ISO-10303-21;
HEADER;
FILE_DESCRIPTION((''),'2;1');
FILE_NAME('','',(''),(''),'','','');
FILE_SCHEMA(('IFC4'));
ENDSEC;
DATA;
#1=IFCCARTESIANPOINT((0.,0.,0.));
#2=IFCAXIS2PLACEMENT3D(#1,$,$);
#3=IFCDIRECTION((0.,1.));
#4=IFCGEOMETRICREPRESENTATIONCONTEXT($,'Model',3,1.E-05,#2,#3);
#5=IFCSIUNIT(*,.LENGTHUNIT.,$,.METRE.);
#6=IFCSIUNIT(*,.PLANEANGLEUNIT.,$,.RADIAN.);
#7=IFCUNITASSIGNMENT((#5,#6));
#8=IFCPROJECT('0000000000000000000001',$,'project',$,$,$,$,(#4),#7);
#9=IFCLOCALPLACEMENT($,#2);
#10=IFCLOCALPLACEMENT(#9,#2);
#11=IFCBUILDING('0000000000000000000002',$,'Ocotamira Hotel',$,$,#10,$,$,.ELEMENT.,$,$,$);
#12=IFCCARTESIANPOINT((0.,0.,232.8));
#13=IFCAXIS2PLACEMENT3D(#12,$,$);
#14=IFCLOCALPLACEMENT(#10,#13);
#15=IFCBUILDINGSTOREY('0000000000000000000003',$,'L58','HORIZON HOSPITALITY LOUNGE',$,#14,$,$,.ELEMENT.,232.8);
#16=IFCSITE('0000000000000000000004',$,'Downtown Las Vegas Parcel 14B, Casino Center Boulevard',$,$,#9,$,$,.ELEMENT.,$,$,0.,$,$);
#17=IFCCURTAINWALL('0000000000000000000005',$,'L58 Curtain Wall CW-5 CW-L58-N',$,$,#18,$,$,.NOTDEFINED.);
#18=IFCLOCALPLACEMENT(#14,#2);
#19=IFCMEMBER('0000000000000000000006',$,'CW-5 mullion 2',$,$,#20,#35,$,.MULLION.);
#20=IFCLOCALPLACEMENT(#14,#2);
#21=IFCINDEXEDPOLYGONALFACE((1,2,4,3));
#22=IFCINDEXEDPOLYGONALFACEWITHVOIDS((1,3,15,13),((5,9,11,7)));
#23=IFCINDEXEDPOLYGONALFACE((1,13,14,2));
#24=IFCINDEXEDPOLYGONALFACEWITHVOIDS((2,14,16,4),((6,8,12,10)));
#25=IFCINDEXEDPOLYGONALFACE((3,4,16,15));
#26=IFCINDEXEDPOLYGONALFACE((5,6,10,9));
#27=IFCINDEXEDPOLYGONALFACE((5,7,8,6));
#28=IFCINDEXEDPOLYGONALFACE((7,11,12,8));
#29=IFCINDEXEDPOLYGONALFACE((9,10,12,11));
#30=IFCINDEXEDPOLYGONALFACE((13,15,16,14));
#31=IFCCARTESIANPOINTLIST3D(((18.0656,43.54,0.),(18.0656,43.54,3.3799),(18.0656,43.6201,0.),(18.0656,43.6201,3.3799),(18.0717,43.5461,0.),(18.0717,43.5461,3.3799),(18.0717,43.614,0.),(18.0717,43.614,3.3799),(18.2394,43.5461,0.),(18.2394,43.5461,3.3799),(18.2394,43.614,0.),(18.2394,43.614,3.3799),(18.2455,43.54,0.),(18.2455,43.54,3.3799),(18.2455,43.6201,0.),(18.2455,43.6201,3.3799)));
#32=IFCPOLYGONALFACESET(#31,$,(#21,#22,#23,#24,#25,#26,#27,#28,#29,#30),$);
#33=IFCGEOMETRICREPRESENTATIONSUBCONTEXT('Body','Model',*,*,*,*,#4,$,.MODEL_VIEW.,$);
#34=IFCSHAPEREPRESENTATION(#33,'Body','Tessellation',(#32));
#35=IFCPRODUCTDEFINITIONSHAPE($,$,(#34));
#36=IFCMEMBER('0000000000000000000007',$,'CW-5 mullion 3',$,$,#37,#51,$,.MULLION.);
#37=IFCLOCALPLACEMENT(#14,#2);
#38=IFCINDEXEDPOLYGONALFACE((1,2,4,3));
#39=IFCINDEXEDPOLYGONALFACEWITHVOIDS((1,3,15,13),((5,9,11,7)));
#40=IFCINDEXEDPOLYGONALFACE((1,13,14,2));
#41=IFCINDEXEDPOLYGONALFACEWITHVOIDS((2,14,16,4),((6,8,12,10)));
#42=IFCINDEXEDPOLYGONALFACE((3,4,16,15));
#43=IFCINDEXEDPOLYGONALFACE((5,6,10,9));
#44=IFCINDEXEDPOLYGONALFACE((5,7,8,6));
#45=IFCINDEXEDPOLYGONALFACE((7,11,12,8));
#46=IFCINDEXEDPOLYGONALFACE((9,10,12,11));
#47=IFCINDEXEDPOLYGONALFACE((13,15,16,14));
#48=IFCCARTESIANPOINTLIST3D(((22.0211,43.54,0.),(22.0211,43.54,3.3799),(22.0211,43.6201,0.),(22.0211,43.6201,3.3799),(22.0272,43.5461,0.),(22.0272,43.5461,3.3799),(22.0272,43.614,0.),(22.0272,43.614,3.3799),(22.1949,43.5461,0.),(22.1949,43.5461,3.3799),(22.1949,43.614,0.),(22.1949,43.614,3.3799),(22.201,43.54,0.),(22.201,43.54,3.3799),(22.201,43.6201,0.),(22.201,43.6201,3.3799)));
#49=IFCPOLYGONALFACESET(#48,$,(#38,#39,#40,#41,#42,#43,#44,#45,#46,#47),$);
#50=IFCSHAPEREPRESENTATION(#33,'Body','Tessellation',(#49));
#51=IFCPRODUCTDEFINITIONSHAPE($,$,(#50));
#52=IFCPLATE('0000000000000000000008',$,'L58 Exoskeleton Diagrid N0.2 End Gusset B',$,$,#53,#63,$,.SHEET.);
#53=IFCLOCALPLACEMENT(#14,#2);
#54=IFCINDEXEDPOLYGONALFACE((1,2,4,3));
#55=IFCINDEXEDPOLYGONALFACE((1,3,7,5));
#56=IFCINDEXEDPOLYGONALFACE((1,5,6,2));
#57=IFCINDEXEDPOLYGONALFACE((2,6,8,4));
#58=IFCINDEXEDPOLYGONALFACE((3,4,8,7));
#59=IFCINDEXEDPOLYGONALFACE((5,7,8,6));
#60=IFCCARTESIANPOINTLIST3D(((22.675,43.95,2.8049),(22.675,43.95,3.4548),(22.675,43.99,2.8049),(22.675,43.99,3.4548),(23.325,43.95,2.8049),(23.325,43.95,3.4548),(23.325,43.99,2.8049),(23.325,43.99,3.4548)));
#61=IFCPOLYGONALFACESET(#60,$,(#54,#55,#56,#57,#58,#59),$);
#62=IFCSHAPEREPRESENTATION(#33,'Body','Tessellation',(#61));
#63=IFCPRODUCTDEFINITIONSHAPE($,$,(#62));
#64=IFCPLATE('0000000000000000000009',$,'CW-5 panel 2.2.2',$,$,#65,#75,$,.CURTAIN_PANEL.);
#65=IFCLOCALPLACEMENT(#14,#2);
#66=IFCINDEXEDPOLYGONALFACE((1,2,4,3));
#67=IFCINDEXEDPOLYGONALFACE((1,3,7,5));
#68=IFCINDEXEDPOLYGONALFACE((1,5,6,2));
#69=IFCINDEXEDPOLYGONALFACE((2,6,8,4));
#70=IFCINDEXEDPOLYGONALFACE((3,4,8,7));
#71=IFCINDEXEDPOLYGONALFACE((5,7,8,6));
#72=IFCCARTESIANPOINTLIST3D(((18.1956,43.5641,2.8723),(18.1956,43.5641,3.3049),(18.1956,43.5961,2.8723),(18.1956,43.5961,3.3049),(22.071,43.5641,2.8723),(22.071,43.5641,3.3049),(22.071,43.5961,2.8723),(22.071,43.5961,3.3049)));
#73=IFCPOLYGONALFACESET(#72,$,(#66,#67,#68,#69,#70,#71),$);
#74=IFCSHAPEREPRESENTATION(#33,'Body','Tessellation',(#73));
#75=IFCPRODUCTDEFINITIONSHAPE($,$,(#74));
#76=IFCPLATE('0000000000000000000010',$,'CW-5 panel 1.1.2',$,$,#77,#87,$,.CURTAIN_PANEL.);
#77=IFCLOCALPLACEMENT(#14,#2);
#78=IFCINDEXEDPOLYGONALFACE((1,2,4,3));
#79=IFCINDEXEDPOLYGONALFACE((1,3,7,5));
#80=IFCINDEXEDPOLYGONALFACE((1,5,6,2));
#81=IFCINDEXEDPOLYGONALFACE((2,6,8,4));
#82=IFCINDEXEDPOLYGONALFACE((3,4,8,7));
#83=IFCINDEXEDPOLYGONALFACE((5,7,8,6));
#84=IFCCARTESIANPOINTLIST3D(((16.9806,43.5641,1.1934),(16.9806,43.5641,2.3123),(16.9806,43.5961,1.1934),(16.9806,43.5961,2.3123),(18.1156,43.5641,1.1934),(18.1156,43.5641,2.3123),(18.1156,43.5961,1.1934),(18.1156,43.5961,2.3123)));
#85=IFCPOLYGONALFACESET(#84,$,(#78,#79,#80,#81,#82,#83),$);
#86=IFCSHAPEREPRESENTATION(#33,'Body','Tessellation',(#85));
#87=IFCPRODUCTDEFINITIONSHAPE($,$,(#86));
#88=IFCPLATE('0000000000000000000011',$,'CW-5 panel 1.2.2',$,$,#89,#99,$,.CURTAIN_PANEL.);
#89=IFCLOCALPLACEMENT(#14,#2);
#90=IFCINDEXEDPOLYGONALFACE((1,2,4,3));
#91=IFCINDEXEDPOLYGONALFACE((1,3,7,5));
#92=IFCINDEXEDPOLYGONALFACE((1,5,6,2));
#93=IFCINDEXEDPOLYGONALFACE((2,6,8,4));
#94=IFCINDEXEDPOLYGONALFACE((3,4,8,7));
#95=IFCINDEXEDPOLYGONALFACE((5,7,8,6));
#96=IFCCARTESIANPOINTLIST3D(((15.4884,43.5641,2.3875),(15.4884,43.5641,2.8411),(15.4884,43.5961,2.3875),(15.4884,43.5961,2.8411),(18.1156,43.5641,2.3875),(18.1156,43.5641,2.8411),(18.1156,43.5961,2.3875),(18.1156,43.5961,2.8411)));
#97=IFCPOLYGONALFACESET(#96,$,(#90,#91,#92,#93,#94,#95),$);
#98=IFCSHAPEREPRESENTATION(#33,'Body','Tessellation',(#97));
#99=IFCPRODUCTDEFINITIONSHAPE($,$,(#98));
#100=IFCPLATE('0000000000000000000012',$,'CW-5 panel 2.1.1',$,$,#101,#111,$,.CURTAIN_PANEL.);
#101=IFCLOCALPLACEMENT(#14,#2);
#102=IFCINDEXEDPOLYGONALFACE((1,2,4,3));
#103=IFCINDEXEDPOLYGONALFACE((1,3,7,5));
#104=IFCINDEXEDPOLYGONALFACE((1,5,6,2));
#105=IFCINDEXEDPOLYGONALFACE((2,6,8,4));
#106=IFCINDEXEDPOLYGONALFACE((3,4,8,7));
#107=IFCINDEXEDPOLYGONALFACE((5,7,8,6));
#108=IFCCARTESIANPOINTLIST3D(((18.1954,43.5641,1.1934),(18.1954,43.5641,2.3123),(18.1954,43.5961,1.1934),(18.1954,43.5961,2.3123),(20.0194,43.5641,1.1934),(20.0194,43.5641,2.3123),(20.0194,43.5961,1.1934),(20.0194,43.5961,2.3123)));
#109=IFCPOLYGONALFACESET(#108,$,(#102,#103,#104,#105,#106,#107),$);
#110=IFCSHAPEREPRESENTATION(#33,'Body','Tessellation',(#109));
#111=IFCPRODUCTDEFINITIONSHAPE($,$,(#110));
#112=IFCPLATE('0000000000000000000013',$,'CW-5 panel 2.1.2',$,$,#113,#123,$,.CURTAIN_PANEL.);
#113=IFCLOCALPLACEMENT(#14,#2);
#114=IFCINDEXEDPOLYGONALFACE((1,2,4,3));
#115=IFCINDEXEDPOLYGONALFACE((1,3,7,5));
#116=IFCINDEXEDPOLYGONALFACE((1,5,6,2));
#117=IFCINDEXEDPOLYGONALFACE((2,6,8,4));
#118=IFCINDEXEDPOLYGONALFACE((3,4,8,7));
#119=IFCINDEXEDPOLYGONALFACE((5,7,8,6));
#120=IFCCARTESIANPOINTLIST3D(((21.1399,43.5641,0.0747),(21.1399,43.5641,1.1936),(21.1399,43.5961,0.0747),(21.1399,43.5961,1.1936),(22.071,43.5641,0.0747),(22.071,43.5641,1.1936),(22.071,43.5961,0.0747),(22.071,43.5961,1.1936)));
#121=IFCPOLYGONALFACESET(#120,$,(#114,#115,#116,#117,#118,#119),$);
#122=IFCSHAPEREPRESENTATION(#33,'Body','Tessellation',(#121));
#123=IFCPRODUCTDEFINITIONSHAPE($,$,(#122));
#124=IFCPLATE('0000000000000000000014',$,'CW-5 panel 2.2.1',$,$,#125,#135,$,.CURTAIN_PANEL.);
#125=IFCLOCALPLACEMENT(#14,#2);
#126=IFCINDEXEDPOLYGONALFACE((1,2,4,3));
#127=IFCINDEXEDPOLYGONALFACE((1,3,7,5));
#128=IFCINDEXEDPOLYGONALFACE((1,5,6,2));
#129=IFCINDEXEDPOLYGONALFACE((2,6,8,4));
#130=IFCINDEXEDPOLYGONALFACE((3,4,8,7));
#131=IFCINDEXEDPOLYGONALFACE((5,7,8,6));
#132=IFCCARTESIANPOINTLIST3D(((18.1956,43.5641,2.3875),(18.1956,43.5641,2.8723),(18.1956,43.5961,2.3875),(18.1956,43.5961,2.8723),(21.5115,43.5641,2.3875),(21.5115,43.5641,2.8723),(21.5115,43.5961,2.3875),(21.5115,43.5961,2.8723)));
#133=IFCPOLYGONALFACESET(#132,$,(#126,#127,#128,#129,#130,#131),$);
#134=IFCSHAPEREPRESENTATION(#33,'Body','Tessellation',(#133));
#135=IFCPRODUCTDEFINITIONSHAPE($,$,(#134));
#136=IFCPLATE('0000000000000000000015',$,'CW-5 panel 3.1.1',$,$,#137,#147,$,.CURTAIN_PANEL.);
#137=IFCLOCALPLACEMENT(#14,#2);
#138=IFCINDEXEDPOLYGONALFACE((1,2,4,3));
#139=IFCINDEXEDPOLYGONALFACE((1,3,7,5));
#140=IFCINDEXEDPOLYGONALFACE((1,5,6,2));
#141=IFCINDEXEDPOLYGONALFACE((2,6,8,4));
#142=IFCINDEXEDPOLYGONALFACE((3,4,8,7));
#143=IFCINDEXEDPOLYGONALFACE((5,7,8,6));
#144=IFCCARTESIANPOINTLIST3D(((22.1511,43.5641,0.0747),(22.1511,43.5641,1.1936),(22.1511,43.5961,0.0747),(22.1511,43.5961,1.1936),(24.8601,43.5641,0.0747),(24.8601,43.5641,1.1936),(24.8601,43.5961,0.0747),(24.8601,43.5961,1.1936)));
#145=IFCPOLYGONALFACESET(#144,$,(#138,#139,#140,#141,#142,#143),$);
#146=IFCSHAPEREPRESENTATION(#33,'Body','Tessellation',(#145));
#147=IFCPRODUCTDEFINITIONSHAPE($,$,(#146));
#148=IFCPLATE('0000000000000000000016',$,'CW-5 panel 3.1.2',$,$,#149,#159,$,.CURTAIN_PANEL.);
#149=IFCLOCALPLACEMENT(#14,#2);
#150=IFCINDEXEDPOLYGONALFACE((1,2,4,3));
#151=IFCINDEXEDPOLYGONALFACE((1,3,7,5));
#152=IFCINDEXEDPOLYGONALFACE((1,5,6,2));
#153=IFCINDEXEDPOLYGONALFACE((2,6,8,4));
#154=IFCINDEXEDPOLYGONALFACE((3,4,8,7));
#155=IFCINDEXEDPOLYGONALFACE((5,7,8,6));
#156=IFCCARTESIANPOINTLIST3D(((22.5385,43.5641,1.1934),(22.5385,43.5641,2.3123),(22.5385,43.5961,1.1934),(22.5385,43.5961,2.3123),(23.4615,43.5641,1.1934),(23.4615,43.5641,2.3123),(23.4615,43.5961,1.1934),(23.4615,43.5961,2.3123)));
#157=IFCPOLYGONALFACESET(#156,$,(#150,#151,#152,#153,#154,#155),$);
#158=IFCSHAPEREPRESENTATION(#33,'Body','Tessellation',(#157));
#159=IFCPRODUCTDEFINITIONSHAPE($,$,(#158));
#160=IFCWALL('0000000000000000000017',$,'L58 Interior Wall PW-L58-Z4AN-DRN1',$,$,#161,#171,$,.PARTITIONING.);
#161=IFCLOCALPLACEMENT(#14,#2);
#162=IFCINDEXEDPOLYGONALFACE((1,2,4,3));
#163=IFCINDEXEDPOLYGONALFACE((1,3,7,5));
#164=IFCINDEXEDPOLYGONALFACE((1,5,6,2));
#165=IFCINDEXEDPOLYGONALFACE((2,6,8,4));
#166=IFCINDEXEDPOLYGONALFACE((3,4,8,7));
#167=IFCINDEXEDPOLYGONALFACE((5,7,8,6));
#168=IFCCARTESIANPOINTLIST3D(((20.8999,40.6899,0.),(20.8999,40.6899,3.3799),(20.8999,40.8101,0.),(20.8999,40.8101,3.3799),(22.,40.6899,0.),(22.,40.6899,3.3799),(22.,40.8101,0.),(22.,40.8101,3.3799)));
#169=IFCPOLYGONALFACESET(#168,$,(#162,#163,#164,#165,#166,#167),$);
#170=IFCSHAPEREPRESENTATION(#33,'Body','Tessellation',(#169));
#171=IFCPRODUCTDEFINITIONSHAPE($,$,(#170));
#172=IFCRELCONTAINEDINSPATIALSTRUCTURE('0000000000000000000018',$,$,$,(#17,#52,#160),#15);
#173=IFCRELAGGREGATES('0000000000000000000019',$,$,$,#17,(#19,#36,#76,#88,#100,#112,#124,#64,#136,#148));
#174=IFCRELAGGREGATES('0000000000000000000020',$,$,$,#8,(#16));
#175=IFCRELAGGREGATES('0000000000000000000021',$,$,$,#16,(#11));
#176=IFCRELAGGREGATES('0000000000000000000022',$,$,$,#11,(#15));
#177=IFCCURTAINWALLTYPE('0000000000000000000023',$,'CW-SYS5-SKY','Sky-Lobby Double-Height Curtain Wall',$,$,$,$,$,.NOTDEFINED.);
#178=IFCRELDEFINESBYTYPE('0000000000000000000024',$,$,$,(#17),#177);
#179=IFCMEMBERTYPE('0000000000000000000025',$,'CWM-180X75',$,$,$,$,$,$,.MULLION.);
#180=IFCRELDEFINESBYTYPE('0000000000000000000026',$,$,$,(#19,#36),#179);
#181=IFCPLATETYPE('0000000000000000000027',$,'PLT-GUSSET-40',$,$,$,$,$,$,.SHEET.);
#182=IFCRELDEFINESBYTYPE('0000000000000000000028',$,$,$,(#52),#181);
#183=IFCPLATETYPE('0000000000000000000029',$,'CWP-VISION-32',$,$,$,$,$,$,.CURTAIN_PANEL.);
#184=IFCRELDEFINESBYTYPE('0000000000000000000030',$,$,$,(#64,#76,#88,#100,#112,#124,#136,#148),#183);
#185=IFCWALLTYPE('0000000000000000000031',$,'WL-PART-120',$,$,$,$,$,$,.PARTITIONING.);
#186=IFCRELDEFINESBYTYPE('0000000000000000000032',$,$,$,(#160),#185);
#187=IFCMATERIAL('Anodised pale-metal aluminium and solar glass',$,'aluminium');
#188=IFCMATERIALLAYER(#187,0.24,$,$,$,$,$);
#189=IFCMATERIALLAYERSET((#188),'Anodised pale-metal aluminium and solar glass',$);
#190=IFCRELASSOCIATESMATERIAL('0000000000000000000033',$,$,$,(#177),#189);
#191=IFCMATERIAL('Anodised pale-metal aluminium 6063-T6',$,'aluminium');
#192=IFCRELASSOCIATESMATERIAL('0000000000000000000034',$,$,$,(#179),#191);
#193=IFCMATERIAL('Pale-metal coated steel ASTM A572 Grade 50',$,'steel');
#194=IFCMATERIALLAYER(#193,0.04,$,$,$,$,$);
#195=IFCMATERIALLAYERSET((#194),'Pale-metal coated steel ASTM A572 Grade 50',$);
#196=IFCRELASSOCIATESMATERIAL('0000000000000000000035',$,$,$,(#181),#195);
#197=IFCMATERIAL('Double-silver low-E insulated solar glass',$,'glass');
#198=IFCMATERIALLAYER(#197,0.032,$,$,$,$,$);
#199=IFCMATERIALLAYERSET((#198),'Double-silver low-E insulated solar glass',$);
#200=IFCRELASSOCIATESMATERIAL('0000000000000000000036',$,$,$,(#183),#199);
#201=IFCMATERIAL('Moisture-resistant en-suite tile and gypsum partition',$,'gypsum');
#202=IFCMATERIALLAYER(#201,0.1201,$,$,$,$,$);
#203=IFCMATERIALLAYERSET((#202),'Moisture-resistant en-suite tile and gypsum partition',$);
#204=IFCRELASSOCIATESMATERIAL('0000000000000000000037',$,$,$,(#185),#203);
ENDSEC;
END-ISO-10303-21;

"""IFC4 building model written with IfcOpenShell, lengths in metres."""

from ifc_helpers import new_model, si_unit, direction, frame, frame_2d, origin, origin_2d, place, context, subcontext, project, spatial, rectangle, hollow_rectangle, extrude, source, transform, mapped, material, layer, layer_set, material_profile, profile_set, type_object, element, aggregate, save


model = new_model("IFC4")

# Units and contexts
model_context = context("Model", 3, precision=1e-05, world=origin(), true_north=direction((0.0, 1.0)))
body_context = subcontext(model_context, "Body", "Model", "MODEL_VIEW")
ifc_project = project(units=[si_unit("LENGTHUNIT", "METRE"), si_unit("PLANEANGLEUNIT", "RADIAN")], contexts=[model_context])

# Site, building, storey
site_placement = place(None, origin())
site = spatial("IfcSite", under=ifc_project, at=site_placement, Name="Downtown Las Vegas Parcel 14B, Casino Center Boulevard", CompositionType="ELEMENT", RefElevation=0.0)
building_placement = place(site_placement, origin())
building = spatial("IfcBuilding", under=site, at=building_placement, Name="Ocotamira Hotel", CompositionType="ELEMENT")
storey_placement = place(building_placement, frame((0.0, 0.0, 232.8)))
storey = spatial("IfcBuildingStorey", under=building, at=storey_placement, Name="L58", Description="HORIZON HOSPITALITY LOUNGE", CompositionType="ELEMENT", Elevation=232.8)

# Curtain wall, members
ifc_material_1 = material(Name="Anodised pale-metal aluminium and solar glass", Category="aluminium")
ifc_layer_1 = layer(ifc_material_1, 0.24)
ifc_layer_set_1 = layer_set([ifc_layer_1], Name="Anodised pale-metal aluminium and solar glass")
curtain_wall_type = type_object("IfcCurtainWallType", Name="CW-SYS5-SKY", Description="Sky-Lobby Double-Height Curtain Wall", PredefinedType="NOTDEFINED", material=ifc_layer_set_1)
curtain_wall_placement = place(storey_placement, origin())
curtain_wall = element("IfcCurtainWall", 1, at=curtain_wall_placement, inside=storey, type_object=curtain_wall_type, Name="L58 Curtain Wall CW-5 CW-L58-N", PredefinedType="NOTDEFINED")
ifc_material_2 = material(Name="Anodised pale-metal aluminium 6063-T6", Category="aluminium")
ifc_material_profile_1 = material_profile(ifc_material_2, hollow_rectangle(XDim=0.0801, YDim=0.1799, WallThickness=0.0061, at=origin_2d()), Name="HSS180X80X6")
ifc_profile_set_1 = profile_set([ifc_material_profile_1], Name="Anodised pale-metal aluminium 6063-T6")
member_type_1 = type_object("IfcMemberType", Name="CWM-180X75", PredefinedType="MULLION", material=ifc_profile_set_1)
shared_shape_1 = source(origin(), body_context, "Body", "SweptSolid", [
    extrude(hollow_rectangle(XDim=0.0801, YDim=0.1799, WallThickness=0.0061, at=origin_2d()), origin(), (0.0, 0.0, 1.0), 3.3799),
])
member_1_placement = place(storey_placement, frame((18.1555, 43.5801, 0.0), z_axis=(0.0, 0.0, 1.0), x_axis=(0.0, 1.0, 0.0)))
member_1 = element("IfcMember", 2, at=member_1_placement, type_object=member_type_1, Name="CW-5 mullion 2", PredefinedType="MULLION", context=body_context, shape_type="MappedRepresentation", body=[
    mapped(shared_shape_1, transform((0.0, 0.0, 0.0), scale=1.0)),
])
member_2_placement = place(storey_placement, frame((22.1111, 43.5801, 0.0), z_axis=(0.0, 0.0, 1.0), x_axis=(0.0, 1.0, 0.0)))
member_2 = element("IfcMember", 3, at=member_2_placement, type_object=member_type_1, Name="CW-5 mullion 3", PredefinedType="MULLION", context=body_context, shape_type="MappedRepresentation", body=[
    mapped(shared_shape_1, transform((0.0, 0.0, 0.0), scale=1.0)),
])

# Plates
ifc_material_3 = material(Name="Pale-metal coated steel ASTM A572 Grade 50", Category="steel")
ifc_layer_2 = layer(ifc_material_3, 0.04)
ifc_layer_set_2 = layer_set([ifc_layer_2], Name="Pale-metal coated steel ASTM A572 Grade 50")
plate_type_1 = type_object("IfcPlateType", Name="PLT-GUSSET-40", PredefinedType="SHEET", material=ifc_layer_set_2)
shared_shape_2 = source(origin(), body_context, "Body", "SweptSolid", [
    extrude(rectangle(XDim=0.6499, YDim=0.04, at=origin_2d()), origin(), (0.0, 0.0, 1.0), 0.6499),
])
plate_1_placement = place(storey_placement, frame((23.0, 43.97, 2.8049), z_axis=(0.0, 0.0, 1.0), x_axis=(1.0, 0.0, 0.0)))
element("IfcPlate", 4, at=plate_1_placement, inside=storey, type_object=plate_type_1, Name="L58 Exoskeleton Diagrid N0.2 End Gusset B", PredefinedType="SHEET", context=body_context, shape_type="MappedRepresentation", body=[
    mapped(shared_shape_2, transform((0.0, 0.0, 0.0), scale=1.0)),
])
ifc_material_4 = material(Name="Double-silver low-E insulated solar glass", Category="glass")
ifc_layer_3 = layer(ifc_material_4, 0.032)
ifc_layer_set_3 = layer_set([ifc_layer_3], Name="Double-silver low-E insulated solar glass")
plate_type_2 = type_object("IfcPlateType", Name="CWP-VISION-32", PredefinedType="CURTAIN_PANEL", material=ifc_layer_set_3)
shared_shape_3 = source(origin(), body_context, "Body", "SweptSolid", [
    extrude(rectangle(XDim=3.8755, YDim=0.032, at=origin_2d()), origin(), (0.0, 0.0, 1.0), 0.4326),
])
plate_2_placement = place(storey_placement, frame((20.1333, 43.5801, 2.8723), z_axis=(0.0, 0.0, 1.0), x_axis=(1.0, 0.0, 0.0)))
plate_2 = element("IfcPlate", 5, at=plate_2_placement, type_object=plate_type_2, Name="CW-5 panel 2.2.2", PredefinedType="CURTAIN_PANEL", context=body_context, shape_type="MappedRepresentation", body=[
    mapped(shared_shape_3, transform((0.0, 0.0, 0.0), scale=1.0)),
])
shared_shape_4 = source(origin(), body_context, "Body", "SweptSolid", [
    extrude(rectangle(XDim=1.135, YDim=0.032, at=origin_2d()), origin(), (0.0, 0.0, 1.0), 1.1189),
])
plate_3_placement = place(storey_placement, frame((17.5481, 43.5801, 1.1934), z_axis=(0.0, 0.0, 1.0), x_axis=(1.0, 0.0, 0.0)))
plate_3 = element("IfcPlate", 6, at=plate_3_placement, type_object=plate_type_2, Name="CW-5 panel 1.1.2", PredefinedType="CURTAIN_PANEL", context=body_context, shape_type="MappedRepresentation", body=[
    mapped(shared_shape_4, transform((0.0, 0.0, 0.0), scale=1.0)),
])
shared_shape_5 = source(origin(), body_context, "Body", "SweptSolid", [
    extrude(rectangle(XDim=2.6272, YDim=0.032, at=origin_2d()), origin(), (0.0, 0.0, 1.0), 0.4536),
])
plate_4_placement = place(storey_placement, frame((16.802, 43.5801, 2.3875), z_axis=(0.0, 0.0, 1.0), x_axis=(1.0, 0.0, 0.0)))
plate_4 = element("IfcPlate", 7, at=plate_4_placement, type_object=plate_type_2, Name="CW-5 panel 1.2.2", PredefinedType="CURTAIN_PANEL", context=body_context, shape_type="MappedRepresentation", body=[
    mapped(shared_shape_5, transform((0.0, 0.0, 0.0), scale=1.0)),
])
shared_shape_6 = source(origin(), body_context, "Body", "SweptSolid", [
    extrude(rectangle(XDim=1.824, YDim=0.032, at=origin_2d()), origin(), (0.0, 0.0, 1.0), 1.1189),
])
plate_5_placement = place(storey_placement, frame((19.1074, 43.5801, 1.1934), z_axis=(0.0, 0.0, 1.0), x_axis=(1.0, 0.0, 0.0)))
plate_5 = element("IfcPlate", 8, at=plate_5_placement, type_object=plate_type_2, Name="CW-5 panel 2.1.1", PredefinedType="CURTAIN_PANEL", context=body_context, shape_type="MappedRepresentation", body=[
    mapped(shared_shape_6, transform((0.0, 0.0, 0.0), scale=1.0)),
])
shared_shape_7 = source(origin(), body_context, "Body", "SweptSolid", [
    extrude(rectangle(XDim=0.9312, YDim=0.032, at=origin_2d()), origin(), (0.0, 0.0, 1.0), 1.1189),
])
plate_6_placement = place(storey_placement, frame((21.6055, 43.5801, 0.0747), z_axis=(0.0, 0.0, 1.0), x_axis=(1.0, 0.0, 0.0)))
plate_6 = element("IfcPlate", 9, at=plate_6_placement, type_object=plate_type_2, Name="CW-5 panel 2.1.2", PredefinedType="CURTAIN_PANEL", context=body_context, shape_type="MappedRepresentation", body=[
    mapped(shared_shape_7, transform((0.0, 0.0, 0.0), scale=1.0)),
])
shared_shape_8 = source(origin(), body_context, "Body", "SweptSolid", [
    extrude(rectangle(XDim=3.3159, YDim=0.032, at=origin_2d()), origin(), (0.0, 0.0, 1.0), 0.4849),
])
plate_7_placement = place(storey_placement, frame((19.8535, 43.5801, 2.3875), z_axis=(0.0, 0.0, 1.0), x_axis=(1.0, 0.0, 0.0)))
plate_7 = element("IfcPlate", 10, at=plate_7_placement, type_object=plate_type_2, Name="CW-5 panel 2.2.1", PredefinedType="CURTAIN_PANEL", context=body_context, shape_type="MappedRepresentation", body=[
    mapped(shared_shape_8, transform((0.0, 0.0, 0.0), scale=1.0)),
])
shared_shape_9 = source(origin(), body_context, "Body", "SweptSolid", [
    extrude(rectangle(XDim=2.709, YDim=0.032, at=origin_2d()), origin(), (0.0, 0.0, 1.0), 1.1189),
])
plate_8_placement = place(storey_placement, frame((23.5056, 43.5801, 0.0747), z_axis=(0.0, 0.0, 1.0), x_axis=(1.0, 0.0, 0.0)))
plate_8 = element("IfcPlate", 11, at=plate_8_placement, type_object=plate_type_2, Name="CW-5 panel 3.1.1", PredefinedType="CURTAIN_PANEL", context=body_context, shape_type="MappedRepresentation", body=[
    mapped(shared_shape_9, transform((0.0, 0.0, 0.0), scale=1.0)),
])
shared_shape_10 = source(origin(), body_context, "Body", "SweptSolid", [
    extrude(rectangle(XDim=0.9231, YDim=0.032, at=origin_2d()), origin(), (0.0, 0.0, 1.0), 1.1189),
])
plate_9_placement = place(storey_placement, frame((23.0, 43.5801, 1.1934), z_axis=(0.0, 0.0, 1.0), x_axis=(1.0, 0.0, 0.0)))
plate_9 = element("IfcPlate", 12, at=plate_9_placement, type_object=plate_type_2, Name="CW-5 panel 3.1.2", PredefinedType="CURTAIN_PANEL", context=body_context, shape_type="MappedRepresentation", body=[
    mapped(shared_shape_10, transform((0.0, 0.0, 0.0), scale=1.0)),
])
aggregate(curtain_wall, [member_1, member_2, plate_3, plate_4, plate_5, plate_6, plate_7, plate_2, plate_8, plate_9])

# Wall
ifc_material_5 = material(Name="Moisture-resistant en-suite tile and gypsum partition", Category="gypsum")
ifc_layer_4 = layer(ifc_material_5, 0.1201)
ifc_layer_set_4 = layer_set([ifc_layer_4], Name="Moisture-resistant en-suite tile and gypsum partition")
wall_type_1 = type_object("IfcWallType", Name="WL-PART-120", PredefinedType="PARTITIONING", material=ifc_layer_set_4)
wall_1_placement = place(storey_placement, frame((20.8999, 40.75, 0.0), z_axis=(0.0, 0.0, 1.0), x_axis=(1.0, 0.0, 0.0)))
element("IfcWall", 13, at=wall_1_placement, inside=storey, type_object=wall_type_1, Name="L58 Interior Wall PW-L58-Z4AN-DRN1", PredefinedType="PARTITIONING", context=body_context, shape_type="SweptSolid", body=[
    extrude(rectangle(XDim=1.1001, YDim=0.1201, at=frame_2d((0.55, 0.0))), origin(), (0.0, 0.0, 1.0), 3.3799),
])

save(model, "model.ifc")
